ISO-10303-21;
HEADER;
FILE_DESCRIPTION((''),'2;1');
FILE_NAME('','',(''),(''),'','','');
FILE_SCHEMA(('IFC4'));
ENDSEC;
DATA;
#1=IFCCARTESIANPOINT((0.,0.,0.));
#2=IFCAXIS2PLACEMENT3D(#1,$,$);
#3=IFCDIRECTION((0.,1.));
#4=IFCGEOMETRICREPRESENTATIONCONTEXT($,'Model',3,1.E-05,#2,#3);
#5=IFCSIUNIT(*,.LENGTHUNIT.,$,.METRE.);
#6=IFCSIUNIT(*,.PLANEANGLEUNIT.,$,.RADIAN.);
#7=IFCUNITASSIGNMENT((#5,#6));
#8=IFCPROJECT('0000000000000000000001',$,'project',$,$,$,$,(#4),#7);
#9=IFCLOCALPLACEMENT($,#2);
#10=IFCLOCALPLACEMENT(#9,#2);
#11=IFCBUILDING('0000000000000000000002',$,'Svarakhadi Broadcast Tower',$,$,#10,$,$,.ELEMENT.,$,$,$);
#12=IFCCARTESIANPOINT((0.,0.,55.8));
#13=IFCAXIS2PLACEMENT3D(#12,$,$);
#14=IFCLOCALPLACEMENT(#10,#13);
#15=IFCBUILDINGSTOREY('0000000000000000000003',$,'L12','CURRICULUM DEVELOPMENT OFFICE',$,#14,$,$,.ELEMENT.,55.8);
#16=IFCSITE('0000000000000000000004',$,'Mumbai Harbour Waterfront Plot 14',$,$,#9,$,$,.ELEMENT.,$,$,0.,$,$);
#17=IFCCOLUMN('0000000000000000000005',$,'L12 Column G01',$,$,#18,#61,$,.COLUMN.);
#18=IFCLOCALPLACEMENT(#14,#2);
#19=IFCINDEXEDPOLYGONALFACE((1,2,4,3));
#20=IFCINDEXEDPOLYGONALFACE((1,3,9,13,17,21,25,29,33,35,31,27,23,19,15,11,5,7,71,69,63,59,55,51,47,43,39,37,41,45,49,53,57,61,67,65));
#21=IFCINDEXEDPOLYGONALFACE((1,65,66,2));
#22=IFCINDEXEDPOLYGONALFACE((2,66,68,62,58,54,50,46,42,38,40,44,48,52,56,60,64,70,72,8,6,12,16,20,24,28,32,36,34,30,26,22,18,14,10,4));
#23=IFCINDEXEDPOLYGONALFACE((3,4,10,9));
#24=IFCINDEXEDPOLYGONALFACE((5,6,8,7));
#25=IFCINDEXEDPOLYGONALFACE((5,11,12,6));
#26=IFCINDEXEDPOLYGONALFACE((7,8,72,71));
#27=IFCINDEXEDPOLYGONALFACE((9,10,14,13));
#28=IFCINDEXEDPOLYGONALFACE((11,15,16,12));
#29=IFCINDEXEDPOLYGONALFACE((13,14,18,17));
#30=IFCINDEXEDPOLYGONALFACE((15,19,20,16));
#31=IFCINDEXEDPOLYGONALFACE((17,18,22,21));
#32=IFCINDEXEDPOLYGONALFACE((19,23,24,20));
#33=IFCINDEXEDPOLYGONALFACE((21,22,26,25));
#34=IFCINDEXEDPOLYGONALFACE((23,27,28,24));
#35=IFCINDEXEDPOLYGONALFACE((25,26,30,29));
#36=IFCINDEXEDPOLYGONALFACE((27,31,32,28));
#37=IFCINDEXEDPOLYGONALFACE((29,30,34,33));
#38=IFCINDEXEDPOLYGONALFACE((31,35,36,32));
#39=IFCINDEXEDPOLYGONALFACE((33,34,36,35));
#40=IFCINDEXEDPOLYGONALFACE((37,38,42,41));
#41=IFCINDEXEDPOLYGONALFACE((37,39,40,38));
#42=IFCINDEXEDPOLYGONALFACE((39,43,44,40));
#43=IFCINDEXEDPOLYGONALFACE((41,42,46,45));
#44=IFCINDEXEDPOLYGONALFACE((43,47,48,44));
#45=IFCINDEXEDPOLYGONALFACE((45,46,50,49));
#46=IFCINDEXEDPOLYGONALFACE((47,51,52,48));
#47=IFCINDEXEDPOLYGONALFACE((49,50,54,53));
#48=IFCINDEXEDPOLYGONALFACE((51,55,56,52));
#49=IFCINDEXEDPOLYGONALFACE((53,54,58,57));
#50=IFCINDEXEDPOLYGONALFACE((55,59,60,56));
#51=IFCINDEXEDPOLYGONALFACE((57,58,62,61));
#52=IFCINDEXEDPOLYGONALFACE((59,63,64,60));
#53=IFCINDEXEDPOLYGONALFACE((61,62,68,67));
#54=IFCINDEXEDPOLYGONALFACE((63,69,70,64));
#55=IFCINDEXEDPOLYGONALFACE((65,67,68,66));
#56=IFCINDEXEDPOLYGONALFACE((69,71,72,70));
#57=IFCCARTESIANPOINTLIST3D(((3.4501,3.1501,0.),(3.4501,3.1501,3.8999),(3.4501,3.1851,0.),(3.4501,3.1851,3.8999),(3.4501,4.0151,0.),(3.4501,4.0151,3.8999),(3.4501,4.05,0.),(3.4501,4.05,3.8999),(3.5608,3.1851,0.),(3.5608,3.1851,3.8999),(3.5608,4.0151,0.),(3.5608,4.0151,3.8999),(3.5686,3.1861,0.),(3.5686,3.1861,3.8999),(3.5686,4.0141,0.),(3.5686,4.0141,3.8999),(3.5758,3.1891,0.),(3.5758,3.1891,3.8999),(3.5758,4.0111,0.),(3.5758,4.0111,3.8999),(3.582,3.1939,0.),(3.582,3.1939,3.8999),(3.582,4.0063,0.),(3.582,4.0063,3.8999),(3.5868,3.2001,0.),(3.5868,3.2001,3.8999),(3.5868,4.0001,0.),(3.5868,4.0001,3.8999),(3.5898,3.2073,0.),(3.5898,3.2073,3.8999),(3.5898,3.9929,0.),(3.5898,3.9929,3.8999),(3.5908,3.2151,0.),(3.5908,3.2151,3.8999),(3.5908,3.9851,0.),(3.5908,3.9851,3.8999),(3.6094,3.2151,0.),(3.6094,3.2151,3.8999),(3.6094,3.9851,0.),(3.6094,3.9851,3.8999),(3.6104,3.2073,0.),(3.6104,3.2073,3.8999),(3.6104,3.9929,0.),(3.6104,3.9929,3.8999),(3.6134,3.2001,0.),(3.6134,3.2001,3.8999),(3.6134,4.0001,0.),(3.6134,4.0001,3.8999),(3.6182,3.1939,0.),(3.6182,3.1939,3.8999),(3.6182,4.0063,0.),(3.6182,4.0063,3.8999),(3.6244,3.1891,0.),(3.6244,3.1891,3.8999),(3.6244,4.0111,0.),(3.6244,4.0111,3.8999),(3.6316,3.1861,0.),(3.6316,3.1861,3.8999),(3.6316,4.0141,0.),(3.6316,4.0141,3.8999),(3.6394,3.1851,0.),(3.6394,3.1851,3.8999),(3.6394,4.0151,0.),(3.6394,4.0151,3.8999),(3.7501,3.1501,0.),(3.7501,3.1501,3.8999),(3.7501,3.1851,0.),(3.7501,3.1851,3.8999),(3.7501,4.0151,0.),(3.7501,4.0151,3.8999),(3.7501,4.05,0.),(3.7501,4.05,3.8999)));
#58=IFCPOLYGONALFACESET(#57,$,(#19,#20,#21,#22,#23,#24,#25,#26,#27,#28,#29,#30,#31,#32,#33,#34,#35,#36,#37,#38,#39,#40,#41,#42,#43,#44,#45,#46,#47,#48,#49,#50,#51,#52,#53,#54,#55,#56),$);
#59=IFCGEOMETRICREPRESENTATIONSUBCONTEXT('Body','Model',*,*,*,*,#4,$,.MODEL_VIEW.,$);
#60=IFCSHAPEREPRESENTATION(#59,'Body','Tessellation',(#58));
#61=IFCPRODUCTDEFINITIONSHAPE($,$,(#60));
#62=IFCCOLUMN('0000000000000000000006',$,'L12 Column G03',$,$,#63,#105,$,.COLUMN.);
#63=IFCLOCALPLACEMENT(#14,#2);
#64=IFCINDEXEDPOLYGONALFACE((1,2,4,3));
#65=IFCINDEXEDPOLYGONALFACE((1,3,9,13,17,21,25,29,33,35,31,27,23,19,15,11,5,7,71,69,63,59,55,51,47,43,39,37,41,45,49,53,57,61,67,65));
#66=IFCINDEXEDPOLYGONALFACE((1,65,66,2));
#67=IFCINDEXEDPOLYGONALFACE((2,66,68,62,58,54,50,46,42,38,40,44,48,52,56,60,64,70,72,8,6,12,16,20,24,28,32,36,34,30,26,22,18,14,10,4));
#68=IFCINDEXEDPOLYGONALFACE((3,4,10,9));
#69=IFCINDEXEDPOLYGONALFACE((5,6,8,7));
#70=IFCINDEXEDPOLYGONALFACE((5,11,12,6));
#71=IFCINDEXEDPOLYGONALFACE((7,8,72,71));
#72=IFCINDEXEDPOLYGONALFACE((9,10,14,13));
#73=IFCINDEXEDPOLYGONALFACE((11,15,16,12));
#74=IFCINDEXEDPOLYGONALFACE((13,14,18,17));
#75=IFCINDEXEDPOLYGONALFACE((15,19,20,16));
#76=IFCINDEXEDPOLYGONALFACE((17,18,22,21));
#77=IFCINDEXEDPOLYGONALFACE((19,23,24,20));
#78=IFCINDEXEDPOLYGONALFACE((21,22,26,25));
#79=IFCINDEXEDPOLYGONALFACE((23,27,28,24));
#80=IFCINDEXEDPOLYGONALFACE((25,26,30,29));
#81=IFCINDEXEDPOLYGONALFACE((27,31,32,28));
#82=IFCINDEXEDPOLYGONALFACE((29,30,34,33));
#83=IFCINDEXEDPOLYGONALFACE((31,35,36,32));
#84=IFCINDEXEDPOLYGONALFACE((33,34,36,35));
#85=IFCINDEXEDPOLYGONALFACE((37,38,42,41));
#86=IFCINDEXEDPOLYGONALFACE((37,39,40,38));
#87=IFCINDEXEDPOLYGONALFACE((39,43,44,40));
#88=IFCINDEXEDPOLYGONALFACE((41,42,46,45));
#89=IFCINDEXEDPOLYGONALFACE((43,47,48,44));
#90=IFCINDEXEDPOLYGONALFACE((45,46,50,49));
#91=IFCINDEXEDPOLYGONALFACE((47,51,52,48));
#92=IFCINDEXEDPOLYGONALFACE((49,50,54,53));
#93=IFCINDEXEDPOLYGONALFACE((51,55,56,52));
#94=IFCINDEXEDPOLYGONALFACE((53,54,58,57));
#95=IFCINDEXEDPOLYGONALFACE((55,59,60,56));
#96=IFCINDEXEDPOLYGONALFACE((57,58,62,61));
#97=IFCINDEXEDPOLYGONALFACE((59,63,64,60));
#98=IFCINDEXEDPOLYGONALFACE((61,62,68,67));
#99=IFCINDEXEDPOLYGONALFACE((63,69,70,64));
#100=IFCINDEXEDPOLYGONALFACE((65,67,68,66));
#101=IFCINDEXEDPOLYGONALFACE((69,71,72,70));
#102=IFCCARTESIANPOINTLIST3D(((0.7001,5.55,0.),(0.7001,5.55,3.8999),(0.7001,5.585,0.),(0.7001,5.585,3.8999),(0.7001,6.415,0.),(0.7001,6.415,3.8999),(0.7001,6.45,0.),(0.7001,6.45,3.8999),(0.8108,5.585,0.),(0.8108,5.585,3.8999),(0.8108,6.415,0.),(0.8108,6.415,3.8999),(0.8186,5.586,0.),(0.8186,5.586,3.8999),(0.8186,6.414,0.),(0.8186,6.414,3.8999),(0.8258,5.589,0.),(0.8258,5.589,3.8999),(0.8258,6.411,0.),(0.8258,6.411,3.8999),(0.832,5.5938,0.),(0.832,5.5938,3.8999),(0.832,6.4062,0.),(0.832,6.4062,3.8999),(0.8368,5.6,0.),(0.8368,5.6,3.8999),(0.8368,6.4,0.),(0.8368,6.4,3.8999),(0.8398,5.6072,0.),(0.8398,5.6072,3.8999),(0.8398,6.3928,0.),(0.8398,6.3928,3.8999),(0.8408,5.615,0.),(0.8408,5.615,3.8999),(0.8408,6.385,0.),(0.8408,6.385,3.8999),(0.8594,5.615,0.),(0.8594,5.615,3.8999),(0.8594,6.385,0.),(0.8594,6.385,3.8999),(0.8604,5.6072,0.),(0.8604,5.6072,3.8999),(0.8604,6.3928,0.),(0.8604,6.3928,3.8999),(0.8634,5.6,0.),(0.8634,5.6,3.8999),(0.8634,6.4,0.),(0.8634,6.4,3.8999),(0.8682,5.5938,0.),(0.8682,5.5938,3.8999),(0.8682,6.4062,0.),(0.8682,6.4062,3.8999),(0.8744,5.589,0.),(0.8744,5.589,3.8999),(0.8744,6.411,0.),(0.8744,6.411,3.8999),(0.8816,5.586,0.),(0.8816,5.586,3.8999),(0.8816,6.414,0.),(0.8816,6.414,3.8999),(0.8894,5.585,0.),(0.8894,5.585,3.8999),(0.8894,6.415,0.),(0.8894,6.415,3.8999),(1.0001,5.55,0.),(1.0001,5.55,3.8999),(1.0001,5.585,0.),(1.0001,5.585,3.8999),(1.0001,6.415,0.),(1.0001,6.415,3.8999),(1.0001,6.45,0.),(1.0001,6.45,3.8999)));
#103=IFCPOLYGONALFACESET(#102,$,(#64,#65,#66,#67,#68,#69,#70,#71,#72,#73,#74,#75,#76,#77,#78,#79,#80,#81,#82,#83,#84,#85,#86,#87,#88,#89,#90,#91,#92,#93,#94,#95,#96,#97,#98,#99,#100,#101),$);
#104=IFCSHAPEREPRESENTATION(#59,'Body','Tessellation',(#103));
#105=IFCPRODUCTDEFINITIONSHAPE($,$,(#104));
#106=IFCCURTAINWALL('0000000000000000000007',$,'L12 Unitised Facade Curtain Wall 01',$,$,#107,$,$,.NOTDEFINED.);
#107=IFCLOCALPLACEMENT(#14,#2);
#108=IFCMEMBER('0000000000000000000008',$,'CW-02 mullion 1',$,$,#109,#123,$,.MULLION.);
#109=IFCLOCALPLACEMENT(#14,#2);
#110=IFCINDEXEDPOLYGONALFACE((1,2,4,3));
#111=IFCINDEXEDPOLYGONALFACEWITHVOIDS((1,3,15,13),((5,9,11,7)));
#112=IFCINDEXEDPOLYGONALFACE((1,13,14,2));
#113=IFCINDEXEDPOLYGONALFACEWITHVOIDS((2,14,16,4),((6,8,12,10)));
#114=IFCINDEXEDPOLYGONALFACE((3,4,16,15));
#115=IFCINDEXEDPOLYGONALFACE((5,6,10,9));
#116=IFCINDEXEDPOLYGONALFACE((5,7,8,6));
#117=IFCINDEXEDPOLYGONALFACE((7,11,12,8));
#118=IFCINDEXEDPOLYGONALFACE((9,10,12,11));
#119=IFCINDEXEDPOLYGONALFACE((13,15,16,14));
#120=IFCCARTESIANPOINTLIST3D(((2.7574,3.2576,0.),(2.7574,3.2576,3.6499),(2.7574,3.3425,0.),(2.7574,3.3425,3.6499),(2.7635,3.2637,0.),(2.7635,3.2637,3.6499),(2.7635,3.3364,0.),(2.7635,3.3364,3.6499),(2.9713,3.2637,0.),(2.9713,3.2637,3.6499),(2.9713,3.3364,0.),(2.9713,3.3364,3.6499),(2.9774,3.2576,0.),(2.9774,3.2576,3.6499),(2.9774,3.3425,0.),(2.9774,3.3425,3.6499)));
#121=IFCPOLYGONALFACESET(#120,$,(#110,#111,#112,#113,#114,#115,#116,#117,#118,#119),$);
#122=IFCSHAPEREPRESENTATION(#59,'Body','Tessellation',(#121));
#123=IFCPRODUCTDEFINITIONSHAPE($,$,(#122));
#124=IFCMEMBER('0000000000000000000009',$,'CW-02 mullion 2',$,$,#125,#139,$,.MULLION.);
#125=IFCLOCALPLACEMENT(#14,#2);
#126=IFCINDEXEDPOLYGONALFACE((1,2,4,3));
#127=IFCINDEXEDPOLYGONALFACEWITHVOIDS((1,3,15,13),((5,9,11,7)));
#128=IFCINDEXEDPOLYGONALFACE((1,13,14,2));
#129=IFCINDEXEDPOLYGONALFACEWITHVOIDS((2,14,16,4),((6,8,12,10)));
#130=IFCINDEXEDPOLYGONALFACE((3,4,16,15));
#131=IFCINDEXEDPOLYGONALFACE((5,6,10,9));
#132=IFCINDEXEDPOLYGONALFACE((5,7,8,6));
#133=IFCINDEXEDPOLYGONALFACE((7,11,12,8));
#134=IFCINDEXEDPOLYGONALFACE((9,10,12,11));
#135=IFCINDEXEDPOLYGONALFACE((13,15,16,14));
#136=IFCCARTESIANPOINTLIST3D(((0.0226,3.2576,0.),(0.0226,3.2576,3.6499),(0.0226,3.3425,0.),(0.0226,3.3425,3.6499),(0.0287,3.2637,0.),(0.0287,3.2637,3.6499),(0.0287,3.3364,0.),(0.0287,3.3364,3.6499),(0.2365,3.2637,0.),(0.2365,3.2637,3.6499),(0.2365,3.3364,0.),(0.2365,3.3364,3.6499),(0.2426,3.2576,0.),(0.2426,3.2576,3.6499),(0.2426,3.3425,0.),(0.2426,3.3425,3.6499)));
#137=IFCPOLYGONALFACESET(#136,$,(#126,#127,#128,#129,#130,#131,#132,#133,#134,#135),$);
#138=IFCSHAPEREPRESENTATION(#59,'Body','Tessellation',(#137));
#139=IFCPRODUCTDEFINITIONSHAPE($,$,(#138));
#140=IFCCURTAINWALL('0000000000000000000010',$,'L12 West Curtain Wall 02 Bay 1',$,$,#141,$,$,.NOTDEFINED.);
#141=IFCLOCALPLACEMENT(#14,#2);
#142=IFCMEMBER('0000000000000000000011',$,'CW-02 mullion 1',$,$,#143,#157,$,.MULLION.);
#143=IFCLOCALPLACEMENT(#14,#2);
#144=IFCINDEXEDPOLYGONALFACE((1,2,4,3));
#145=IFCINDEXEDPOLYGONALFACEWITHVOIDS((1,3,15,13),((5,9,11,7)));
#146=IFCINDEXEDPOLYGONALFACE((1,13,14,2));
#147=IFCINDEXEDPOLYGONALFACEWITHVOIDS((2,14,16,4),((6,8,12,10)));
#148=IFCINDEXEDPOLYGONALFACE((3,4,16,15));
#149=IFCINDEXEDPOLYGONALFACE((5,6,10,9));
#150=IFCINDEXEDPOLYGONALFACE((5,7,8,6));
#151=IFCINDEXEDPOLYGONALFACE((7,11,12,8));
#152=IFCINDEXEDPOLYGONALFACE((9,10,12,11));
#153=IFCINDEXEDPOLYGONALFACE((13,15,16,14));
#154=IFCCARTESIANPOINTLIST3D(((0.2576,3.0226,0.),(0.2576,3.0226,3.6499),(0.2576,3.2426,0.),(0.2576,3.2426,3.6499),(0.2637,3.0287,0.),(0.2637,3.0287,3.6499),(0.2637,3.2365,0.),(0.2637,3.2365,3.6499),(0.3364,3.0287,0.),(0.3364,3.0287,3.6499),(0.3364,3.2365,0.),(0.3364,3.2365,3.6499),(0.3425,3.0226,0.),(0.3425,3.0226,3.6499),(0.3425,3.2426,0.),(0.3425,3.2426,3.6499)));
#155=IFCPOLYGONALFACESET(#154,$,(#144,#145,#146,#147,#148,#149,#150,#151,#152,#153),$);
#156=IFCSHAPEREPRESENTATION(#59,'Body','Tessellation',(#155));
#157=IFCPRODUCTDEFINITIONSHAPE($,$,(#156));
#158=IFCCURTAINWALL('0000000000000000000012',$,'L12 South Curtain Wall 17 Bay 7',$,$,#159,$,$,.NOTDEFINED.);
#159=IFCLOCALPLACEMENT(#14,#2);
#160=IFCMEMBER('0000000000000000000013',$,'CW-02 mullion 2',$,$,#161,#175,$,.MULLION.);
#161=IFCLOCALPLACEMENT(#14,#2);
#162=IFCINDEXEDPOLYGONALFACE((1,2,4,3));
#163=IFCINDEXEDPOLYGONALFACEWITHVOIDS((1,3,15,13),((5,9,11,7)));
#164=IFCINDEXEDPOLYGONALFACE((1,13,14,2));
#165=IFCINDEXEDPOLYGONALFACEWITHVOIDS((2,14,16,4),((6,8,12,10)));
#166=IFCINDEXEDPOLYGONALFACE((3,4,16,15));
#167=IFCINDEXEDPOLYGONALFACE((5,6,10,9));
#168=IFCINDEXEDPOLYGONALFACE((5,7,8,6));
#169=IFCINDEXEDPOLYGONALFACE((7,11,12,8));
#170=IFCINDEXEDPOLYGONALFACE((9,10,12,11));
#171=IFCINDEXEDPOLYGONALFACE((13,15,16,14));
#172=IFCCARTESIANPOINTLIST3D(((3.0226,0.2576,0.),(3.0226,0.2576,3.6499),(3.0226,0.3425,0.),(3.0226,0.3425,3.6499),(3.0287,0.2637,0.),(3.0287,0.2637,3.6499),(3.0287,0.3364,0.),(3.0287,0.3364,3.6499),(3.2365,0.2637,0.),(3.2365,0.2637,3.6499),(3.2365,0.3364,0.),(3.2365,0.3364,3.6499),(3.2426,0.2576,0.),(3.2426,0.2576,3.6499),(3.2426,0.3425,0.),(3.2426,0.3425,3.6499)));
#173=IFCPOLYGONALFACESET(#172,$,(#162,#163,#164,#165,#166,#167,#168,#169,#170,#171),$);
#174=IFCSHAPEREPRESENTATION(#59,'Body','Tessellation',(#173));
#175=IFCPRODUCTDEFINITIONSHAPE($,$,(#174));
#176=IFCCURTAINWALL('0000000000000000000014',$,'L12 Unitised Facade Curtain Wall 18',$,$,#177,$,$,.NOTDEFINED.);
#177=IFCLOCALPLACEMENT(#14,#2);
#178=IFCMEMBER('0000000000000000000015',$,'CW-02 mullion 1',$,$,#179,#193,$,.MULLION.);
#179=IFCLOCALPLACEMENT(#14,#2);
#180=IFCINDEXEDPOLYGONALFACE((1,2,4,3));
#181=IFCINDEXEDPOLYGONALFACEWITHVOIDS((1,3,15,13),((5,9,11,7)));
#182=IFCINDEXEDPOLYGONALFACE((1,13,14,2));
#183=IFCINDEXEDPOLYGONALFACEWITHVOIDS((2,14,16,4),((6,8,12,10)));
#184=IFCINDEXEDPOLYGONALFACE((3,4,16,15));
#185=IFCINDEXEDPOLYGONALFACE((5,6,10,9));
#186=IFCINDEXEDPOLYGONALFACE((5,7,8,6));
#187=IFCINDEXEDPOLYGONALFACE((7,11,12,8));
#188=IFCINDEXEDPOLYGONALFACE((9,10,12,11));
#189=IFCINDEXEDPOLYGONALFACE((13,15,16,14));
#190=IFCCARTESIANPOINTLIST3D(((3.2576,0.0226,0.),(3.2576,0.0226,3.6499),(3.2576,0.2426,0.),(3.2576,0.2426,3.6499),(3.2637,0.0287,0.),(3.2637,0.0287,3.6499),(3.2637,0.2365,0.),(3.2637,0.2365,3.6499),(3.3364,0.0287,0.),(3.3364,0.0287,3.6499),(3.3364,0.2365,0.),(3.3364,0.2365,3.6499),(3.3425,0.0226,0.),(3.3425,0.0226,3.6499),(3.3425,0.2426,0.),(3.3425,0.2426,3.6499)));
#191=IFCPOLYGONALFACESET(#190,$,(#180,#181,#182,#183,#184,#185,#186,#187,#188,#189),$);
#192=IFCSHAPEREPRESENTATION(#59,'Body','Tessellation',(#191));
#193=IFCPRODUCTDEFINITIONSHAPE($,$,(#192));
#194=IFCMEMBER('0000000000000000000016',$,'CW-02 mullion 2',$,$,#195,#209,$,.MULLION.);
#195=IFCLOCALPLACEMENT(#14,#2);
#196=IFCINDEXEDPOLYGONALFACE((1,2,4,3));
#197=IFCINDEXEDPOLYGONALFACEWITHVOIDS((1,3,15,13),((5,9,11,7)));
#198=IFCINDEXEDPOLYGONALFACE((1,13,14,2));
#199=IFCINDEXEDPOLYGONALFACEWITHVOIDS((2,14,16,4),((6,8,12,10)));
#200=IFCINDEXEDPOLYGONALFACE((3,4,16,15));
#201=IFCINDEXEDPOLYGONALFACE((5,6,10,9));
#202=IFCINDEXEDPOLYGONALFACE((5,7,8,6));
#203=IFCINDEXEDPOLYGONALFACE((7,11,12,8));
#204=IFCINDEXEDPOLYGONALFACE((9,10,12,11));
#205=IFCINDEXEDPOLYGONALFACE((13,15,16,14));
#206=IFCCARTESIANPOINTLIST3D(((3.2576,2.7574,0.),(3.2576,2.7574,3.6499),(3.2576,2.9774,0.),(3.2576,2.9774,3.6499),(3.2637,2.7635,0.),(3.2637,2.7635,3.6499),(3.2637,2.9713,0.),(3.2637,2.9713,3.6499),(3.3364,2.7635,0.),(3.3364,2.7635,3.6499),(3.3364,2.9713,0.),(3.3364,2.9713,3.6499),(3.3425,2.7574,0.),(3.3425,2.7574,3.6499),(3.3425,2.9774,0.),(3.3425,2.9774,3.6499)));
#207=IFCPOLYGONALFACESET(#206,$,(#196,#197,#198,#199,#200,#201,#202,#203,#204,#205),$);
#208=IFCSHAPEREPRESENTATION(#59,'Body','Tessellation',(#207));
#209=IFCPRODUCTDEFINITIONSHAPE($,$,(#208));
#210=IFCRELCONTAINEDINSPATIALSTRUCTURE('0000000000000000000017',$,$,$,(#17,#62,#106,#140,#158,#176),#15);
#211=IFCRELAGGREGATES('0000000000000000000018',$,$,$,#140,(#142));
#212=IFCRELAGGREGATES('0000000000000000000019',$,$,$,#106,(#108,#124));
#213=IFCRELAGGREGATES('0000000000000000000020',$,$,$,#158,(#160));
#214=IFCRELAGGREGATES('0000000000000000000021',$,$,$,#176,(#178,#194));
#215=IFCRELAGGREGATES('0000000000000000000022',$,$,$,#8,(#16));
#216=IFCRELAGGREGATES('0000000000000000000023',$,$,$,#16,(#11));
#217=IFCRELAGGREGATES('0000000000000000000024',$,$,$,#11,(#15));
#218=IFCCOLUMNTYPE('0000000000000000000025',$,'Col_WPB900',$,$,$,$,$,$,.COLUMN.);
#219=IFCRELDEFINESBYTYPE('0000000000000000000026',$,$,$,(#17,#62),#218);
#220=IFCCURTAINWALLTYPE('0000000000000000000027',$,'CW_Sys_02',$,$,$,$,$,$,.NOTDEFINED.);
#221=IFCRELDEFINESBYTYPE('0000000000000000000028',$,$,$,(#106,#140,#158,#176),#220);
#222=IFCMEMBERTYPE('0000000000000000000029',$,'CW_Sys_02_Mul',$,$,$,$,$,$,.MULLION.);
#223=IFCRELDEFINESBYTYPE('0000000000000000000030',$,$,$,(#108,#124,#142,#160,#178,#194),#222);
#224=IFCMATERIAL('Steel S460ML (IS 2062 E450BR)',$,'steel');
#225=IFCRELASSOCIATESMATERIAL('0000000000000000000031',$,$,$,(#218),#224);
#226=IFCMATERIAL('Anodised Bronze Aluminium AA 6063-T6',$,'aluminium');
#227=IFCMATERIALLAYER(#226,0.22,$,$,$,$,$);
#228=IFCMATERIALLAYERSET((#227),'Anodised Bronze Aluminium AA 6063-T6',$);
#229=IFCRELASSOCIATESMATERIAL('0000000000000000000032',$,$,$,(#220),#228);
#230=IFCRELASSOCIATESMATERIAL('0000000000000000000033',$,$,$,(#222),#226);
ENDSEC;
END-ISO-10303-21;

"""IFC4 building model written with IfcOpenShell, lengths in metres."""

from ifc_helpers import new_model, si_unit, direction, frame, origin, origin_2d, place, context, subcontext, project, spatial, hollow_rectangle, i_section, extrude, material, layer, layer_set, material_profile, profile_set, type_object, element, aggregate, save


model = new_model("IFC4")

# Units and contexts
model_context = context("Model", 3, precision=1e-05, world=origin(), true_north=direction((0.0, 1.0)))
body_context = subcontext(model_context, "Body", "Model", "MODEL_VIEW")
ifc_project = project(units=[si_unit("LENGTHUNIT", "METRE"), si_unit("PLANEANGLEUNIT", "RADIAN")], contexts=[model_context])

# Site, building, storey
site_placement = place(None, origin())
site = spatial("IfcSite", under=ifc_project, at=site_placement, Name="Mumbai Harbour Waterfront Plot 14", CompositionType="ELEMENT", RefElevation=0.0)
building_placement = place(site_placement, origin())
building = spatial("IfcBuilding", under=site, at=building_placement, Name="Svarakhadi Broadcast Tower", CompositionType="ELEMENT")
storey_placement = place(building_placement, frame((0.0, 0.0, 55.8)))
storey = spatial("IfcBuildingStorey", under=building, at=storey_placement, Name="L12", Description="CURRICULUM DEVELOPMENT OFFICE", CompositionType="ELEMENT", Elevation=55.8)

# Columns
ifc_material_1 = material(Name="Steel S460ML (IS 2062 E450BR)", Category="steel")
ifc_material_profile_1 = material_profile(ifc_material_1, i_section(OverallWidth=0.3, OverallDepth=0.8999, WebThickness=0.0186, FlangeThickness=0.0349, FilletRadius=0.03, at=origin_2d()), Name="WPB 900x300x291")
ifc_profile_set_1 = profile_set([ifc_material_profile_1], Name="Steel S460ML (IS 2062 E450BR)")
column_type = type_object("IfcColumnType", Name="Col_WPB900", PredefinedType="COLUMN", material=ifc_profile_set_1)
for number, where, z_axis, x_axis, name in (
    (1, (3.6001, 3.6001, 0.0), (0.0, 0.0, 1.0), (1.0, 0.0, 0.0), "L12 Column G01"),
    (2, (0.8501, 6.0, 0.0), (0.0, 0.0, 1.0), (1.0, 0.0, 0.0), "L12 Column G03"),
):
    element("IfcColumn", number, at=place(storey_placement, frame(where, z_axis=z_axis, x_axis=x_axis)), inside=storey, type_object=column_type, Name=name, PredefinedType="COLUMN", context=body_context, shape_type="SweptSolid", body=[
        extrude(i_section(OverallWidth=0.3, OverallDepth=0.8999, WebThickness=0.0186, FlangeThickness=0.0349, FilletRadius=0.03, at=origin_2d()), origin(), (0.0, 0.0, 1.0), 3.8999),
    ])

# Curtain wall, members
ifc_material_2 = material(Name="Anodised Bronze Aluminium AA 6063-T6", Category="aluminium")
ifc_layer_1 = layer(ifc_material_2, 0.22)
ifc_layer_set_1 = layer_set([ifc_layer_1], Name="Anodised Bronze Aluminium AA 6063-T6")
curtain_wall_type = type_object("IfcCurtainWallType", Name="CW_Sys_02", PredefinedType="NOTDEFINED", material=ifc_layer_set_1)
curtain_wall_1_placement = place(storey_placement, origin())
curtain_wall_1 = element("IfcCurtainWall", 3, at=curtain_wall_1_placement, inside=storey, type_object=curtain_wall_type, Name="L12 Unitised Facade Curtain Wall 01", PredefinedType="NOTDEFINED")
ifc_material_profile_2 = material_profile(ifc_material_2, hollow_rectangle(XDim=0.085, YDim=0.22, WallThickness=0.0061, at=origin_2d()), Name="ALU MULLION 220x85x6")
ifc_profile_set_2 = profile_set([ifc_material_profile_2], Name="Anodised Bronze Aluminium AA 6063-T6")
member_type_1 = type_object("IfcMemberType", Name="CW_Sys_02_Mul", PredefinedType="MULLION", material=ifc_profile_set_2)
member_1_placement = place(storey_placement, frame((2.8674, 3.3, 0.0), z_axis=(0.0, 0.0, 1.0), x_axis=(0.0, -1.0, 0.0)))
member_1 = element("IfcMember", 4, at=member_1_placement, type_object=member_type_1, Name="CW-02 mullion 1", PredefinedType="MULLION", context=body_context, shape_type="SweptSolid", body=[
    extrude(hollow_rectangle(XDim=0.085, YDim=0.22, WallThickness=0.0061, at=origin_2d()), origin(), (0.0, 0.0, 1.0), 3.6499),
])
member_2_placement = place(storey_placement, frame((0.1326, 3.3, 0.0), z_axis=(0.0, 0.0, 1.0), x_axis=(0.0, -1.0, 0.0)))
member_2 = element("IfcMember", 5, at=member_2_placement, type_object=member_type_1, Name="CW-02 mullion 2", PredefinedType="MULLION", context=body_context, shape_type="SweptSolid", body=[
    extrude(hollow_rectangle(XDim=0.085, YDim=0.22, WallThickness=0.0061, at=origin_2d()), origin(), (0.0, 0.0, 1.0), 3.6499),
])

# Curtain walls, members
curtain_wall_2_placement = place(storey_placement, origin())
curtain_wall_2 = element("IfcCurtainWall", 6, at=curtain_wall_2_placement, inside=storey, type_object=curtain_wall_type, Name="L12 West Curtain Wall 02 Bay 1", PredefinedType="NOTDEFINED")
member_3_placement = place(storey_placement, frame((0.3, 3.1326, 0.0), z_axis=(0.0, 0.0, 1.0), x_axis=(-1.0, 0.0, 0.0)))
member_3 = element("IfcMember", 7, at=member_3_placement, type_object=member_type_1, Name="CW-02 mullion 1", PredefinedType="MULLION", context=body_context, shape_type="SweptSolid", body=[
    extrude(hollow_rectangle(XDim=0.085, YDim=0.22, WallThickness=0.0061, at=origin_2d()), origin(), (0.0, 0.0, 1.0), 3.6499),
])
curtain_wall_3_placement = place(storey_placement, origin())
curtain_wall_3 = element("IfcCurtainWall", 8, at=curtain_wall_3_placement, inside=storey, type_object=curtain_wall_type, Name="L12 South Curtain Wall 17 Bay 7", PredefinedType="NOTDEFINED")
member_4_placement = place(storey_placement, frame((3.1326, 0.3, 0.0), z_axis=(0.0, 0.0, 1.0), x_axis=(0.0, -1.0, 0.0)))
member_4 = element("IfcMember", 9, at=member_4_placement, type_object=member_type_1, Name="CW-02 mullion 2", PredefinedType="MULLION", context=body_context, shape_type="SweptSolid", body=[
    extrude(hollow_rectangle(XDim=0.085, YDim=0.22, WallThickness=0.0061, at=origin_2d()), origin(), (0.0, 0.0, 1.0), 3.6499),
])

# Curtain wall, members
curtain_wall_4_placement = place(storey_placement, origin())
curtain_wall_4 = element("IfcCurtainWall", 10, at=curtain_wall_4_placement, inside=storey, type_object=curtain_wall_type, Name="L12 Unitised Facade Curtain Wall 18", PredefinedType="NOTDEFINED")
member_5_placement = place(storey_placement, frame((3.3, 0.1326, 0.0), z_axis=(0.0, 0.0, 1.0), x_axis=(-1.0, 0.0, 0.0)))
member_5 = element("IfcMember", 11, at=member_5_placement, type_object=member_type_1, Name="CW-02 mullion 1", PredefinedType="MULLION", context=body_context, shape_type="SweptSolid", body=[
    extrude(hollow_rectangle(XDim=0.085, YDim=0.22, WallThickness=0.0061, at=origin_2d()), origin(), (0.0, 0.0, 1.0), 3.6499),
])
member_6_placement = place(storey_placement, frame((3.3, 2.8674, 0.0), z_axis=(0.0, 0.0, 1.0), x_axis=(-1.0, 0.0, 0.0)))
member_6 = element("IfcMember", 12, at=member_6_placement, type_object=member_type_1, Name="CW-02 mullion 2", PredefinedType="MULLION", context=body_context, shape_type="SweptSolid", body=[
    extrude(hollow_rectangle(XDim=0.085, YDim=0.22, WallThickness=0.0061, at=origin_2d()), origin(), (0.0, 0.0, 1.0), 3.6499),
])

aggregate(curtain_wall_2, [member_3])

aggregate(curtain_wall_1, [member_1, member_2])
aggregate(curtain_wall_3, [member_4])
aggregate(curtain_wall_4, [member_5, member_6])

save(model, "model.ifc")
